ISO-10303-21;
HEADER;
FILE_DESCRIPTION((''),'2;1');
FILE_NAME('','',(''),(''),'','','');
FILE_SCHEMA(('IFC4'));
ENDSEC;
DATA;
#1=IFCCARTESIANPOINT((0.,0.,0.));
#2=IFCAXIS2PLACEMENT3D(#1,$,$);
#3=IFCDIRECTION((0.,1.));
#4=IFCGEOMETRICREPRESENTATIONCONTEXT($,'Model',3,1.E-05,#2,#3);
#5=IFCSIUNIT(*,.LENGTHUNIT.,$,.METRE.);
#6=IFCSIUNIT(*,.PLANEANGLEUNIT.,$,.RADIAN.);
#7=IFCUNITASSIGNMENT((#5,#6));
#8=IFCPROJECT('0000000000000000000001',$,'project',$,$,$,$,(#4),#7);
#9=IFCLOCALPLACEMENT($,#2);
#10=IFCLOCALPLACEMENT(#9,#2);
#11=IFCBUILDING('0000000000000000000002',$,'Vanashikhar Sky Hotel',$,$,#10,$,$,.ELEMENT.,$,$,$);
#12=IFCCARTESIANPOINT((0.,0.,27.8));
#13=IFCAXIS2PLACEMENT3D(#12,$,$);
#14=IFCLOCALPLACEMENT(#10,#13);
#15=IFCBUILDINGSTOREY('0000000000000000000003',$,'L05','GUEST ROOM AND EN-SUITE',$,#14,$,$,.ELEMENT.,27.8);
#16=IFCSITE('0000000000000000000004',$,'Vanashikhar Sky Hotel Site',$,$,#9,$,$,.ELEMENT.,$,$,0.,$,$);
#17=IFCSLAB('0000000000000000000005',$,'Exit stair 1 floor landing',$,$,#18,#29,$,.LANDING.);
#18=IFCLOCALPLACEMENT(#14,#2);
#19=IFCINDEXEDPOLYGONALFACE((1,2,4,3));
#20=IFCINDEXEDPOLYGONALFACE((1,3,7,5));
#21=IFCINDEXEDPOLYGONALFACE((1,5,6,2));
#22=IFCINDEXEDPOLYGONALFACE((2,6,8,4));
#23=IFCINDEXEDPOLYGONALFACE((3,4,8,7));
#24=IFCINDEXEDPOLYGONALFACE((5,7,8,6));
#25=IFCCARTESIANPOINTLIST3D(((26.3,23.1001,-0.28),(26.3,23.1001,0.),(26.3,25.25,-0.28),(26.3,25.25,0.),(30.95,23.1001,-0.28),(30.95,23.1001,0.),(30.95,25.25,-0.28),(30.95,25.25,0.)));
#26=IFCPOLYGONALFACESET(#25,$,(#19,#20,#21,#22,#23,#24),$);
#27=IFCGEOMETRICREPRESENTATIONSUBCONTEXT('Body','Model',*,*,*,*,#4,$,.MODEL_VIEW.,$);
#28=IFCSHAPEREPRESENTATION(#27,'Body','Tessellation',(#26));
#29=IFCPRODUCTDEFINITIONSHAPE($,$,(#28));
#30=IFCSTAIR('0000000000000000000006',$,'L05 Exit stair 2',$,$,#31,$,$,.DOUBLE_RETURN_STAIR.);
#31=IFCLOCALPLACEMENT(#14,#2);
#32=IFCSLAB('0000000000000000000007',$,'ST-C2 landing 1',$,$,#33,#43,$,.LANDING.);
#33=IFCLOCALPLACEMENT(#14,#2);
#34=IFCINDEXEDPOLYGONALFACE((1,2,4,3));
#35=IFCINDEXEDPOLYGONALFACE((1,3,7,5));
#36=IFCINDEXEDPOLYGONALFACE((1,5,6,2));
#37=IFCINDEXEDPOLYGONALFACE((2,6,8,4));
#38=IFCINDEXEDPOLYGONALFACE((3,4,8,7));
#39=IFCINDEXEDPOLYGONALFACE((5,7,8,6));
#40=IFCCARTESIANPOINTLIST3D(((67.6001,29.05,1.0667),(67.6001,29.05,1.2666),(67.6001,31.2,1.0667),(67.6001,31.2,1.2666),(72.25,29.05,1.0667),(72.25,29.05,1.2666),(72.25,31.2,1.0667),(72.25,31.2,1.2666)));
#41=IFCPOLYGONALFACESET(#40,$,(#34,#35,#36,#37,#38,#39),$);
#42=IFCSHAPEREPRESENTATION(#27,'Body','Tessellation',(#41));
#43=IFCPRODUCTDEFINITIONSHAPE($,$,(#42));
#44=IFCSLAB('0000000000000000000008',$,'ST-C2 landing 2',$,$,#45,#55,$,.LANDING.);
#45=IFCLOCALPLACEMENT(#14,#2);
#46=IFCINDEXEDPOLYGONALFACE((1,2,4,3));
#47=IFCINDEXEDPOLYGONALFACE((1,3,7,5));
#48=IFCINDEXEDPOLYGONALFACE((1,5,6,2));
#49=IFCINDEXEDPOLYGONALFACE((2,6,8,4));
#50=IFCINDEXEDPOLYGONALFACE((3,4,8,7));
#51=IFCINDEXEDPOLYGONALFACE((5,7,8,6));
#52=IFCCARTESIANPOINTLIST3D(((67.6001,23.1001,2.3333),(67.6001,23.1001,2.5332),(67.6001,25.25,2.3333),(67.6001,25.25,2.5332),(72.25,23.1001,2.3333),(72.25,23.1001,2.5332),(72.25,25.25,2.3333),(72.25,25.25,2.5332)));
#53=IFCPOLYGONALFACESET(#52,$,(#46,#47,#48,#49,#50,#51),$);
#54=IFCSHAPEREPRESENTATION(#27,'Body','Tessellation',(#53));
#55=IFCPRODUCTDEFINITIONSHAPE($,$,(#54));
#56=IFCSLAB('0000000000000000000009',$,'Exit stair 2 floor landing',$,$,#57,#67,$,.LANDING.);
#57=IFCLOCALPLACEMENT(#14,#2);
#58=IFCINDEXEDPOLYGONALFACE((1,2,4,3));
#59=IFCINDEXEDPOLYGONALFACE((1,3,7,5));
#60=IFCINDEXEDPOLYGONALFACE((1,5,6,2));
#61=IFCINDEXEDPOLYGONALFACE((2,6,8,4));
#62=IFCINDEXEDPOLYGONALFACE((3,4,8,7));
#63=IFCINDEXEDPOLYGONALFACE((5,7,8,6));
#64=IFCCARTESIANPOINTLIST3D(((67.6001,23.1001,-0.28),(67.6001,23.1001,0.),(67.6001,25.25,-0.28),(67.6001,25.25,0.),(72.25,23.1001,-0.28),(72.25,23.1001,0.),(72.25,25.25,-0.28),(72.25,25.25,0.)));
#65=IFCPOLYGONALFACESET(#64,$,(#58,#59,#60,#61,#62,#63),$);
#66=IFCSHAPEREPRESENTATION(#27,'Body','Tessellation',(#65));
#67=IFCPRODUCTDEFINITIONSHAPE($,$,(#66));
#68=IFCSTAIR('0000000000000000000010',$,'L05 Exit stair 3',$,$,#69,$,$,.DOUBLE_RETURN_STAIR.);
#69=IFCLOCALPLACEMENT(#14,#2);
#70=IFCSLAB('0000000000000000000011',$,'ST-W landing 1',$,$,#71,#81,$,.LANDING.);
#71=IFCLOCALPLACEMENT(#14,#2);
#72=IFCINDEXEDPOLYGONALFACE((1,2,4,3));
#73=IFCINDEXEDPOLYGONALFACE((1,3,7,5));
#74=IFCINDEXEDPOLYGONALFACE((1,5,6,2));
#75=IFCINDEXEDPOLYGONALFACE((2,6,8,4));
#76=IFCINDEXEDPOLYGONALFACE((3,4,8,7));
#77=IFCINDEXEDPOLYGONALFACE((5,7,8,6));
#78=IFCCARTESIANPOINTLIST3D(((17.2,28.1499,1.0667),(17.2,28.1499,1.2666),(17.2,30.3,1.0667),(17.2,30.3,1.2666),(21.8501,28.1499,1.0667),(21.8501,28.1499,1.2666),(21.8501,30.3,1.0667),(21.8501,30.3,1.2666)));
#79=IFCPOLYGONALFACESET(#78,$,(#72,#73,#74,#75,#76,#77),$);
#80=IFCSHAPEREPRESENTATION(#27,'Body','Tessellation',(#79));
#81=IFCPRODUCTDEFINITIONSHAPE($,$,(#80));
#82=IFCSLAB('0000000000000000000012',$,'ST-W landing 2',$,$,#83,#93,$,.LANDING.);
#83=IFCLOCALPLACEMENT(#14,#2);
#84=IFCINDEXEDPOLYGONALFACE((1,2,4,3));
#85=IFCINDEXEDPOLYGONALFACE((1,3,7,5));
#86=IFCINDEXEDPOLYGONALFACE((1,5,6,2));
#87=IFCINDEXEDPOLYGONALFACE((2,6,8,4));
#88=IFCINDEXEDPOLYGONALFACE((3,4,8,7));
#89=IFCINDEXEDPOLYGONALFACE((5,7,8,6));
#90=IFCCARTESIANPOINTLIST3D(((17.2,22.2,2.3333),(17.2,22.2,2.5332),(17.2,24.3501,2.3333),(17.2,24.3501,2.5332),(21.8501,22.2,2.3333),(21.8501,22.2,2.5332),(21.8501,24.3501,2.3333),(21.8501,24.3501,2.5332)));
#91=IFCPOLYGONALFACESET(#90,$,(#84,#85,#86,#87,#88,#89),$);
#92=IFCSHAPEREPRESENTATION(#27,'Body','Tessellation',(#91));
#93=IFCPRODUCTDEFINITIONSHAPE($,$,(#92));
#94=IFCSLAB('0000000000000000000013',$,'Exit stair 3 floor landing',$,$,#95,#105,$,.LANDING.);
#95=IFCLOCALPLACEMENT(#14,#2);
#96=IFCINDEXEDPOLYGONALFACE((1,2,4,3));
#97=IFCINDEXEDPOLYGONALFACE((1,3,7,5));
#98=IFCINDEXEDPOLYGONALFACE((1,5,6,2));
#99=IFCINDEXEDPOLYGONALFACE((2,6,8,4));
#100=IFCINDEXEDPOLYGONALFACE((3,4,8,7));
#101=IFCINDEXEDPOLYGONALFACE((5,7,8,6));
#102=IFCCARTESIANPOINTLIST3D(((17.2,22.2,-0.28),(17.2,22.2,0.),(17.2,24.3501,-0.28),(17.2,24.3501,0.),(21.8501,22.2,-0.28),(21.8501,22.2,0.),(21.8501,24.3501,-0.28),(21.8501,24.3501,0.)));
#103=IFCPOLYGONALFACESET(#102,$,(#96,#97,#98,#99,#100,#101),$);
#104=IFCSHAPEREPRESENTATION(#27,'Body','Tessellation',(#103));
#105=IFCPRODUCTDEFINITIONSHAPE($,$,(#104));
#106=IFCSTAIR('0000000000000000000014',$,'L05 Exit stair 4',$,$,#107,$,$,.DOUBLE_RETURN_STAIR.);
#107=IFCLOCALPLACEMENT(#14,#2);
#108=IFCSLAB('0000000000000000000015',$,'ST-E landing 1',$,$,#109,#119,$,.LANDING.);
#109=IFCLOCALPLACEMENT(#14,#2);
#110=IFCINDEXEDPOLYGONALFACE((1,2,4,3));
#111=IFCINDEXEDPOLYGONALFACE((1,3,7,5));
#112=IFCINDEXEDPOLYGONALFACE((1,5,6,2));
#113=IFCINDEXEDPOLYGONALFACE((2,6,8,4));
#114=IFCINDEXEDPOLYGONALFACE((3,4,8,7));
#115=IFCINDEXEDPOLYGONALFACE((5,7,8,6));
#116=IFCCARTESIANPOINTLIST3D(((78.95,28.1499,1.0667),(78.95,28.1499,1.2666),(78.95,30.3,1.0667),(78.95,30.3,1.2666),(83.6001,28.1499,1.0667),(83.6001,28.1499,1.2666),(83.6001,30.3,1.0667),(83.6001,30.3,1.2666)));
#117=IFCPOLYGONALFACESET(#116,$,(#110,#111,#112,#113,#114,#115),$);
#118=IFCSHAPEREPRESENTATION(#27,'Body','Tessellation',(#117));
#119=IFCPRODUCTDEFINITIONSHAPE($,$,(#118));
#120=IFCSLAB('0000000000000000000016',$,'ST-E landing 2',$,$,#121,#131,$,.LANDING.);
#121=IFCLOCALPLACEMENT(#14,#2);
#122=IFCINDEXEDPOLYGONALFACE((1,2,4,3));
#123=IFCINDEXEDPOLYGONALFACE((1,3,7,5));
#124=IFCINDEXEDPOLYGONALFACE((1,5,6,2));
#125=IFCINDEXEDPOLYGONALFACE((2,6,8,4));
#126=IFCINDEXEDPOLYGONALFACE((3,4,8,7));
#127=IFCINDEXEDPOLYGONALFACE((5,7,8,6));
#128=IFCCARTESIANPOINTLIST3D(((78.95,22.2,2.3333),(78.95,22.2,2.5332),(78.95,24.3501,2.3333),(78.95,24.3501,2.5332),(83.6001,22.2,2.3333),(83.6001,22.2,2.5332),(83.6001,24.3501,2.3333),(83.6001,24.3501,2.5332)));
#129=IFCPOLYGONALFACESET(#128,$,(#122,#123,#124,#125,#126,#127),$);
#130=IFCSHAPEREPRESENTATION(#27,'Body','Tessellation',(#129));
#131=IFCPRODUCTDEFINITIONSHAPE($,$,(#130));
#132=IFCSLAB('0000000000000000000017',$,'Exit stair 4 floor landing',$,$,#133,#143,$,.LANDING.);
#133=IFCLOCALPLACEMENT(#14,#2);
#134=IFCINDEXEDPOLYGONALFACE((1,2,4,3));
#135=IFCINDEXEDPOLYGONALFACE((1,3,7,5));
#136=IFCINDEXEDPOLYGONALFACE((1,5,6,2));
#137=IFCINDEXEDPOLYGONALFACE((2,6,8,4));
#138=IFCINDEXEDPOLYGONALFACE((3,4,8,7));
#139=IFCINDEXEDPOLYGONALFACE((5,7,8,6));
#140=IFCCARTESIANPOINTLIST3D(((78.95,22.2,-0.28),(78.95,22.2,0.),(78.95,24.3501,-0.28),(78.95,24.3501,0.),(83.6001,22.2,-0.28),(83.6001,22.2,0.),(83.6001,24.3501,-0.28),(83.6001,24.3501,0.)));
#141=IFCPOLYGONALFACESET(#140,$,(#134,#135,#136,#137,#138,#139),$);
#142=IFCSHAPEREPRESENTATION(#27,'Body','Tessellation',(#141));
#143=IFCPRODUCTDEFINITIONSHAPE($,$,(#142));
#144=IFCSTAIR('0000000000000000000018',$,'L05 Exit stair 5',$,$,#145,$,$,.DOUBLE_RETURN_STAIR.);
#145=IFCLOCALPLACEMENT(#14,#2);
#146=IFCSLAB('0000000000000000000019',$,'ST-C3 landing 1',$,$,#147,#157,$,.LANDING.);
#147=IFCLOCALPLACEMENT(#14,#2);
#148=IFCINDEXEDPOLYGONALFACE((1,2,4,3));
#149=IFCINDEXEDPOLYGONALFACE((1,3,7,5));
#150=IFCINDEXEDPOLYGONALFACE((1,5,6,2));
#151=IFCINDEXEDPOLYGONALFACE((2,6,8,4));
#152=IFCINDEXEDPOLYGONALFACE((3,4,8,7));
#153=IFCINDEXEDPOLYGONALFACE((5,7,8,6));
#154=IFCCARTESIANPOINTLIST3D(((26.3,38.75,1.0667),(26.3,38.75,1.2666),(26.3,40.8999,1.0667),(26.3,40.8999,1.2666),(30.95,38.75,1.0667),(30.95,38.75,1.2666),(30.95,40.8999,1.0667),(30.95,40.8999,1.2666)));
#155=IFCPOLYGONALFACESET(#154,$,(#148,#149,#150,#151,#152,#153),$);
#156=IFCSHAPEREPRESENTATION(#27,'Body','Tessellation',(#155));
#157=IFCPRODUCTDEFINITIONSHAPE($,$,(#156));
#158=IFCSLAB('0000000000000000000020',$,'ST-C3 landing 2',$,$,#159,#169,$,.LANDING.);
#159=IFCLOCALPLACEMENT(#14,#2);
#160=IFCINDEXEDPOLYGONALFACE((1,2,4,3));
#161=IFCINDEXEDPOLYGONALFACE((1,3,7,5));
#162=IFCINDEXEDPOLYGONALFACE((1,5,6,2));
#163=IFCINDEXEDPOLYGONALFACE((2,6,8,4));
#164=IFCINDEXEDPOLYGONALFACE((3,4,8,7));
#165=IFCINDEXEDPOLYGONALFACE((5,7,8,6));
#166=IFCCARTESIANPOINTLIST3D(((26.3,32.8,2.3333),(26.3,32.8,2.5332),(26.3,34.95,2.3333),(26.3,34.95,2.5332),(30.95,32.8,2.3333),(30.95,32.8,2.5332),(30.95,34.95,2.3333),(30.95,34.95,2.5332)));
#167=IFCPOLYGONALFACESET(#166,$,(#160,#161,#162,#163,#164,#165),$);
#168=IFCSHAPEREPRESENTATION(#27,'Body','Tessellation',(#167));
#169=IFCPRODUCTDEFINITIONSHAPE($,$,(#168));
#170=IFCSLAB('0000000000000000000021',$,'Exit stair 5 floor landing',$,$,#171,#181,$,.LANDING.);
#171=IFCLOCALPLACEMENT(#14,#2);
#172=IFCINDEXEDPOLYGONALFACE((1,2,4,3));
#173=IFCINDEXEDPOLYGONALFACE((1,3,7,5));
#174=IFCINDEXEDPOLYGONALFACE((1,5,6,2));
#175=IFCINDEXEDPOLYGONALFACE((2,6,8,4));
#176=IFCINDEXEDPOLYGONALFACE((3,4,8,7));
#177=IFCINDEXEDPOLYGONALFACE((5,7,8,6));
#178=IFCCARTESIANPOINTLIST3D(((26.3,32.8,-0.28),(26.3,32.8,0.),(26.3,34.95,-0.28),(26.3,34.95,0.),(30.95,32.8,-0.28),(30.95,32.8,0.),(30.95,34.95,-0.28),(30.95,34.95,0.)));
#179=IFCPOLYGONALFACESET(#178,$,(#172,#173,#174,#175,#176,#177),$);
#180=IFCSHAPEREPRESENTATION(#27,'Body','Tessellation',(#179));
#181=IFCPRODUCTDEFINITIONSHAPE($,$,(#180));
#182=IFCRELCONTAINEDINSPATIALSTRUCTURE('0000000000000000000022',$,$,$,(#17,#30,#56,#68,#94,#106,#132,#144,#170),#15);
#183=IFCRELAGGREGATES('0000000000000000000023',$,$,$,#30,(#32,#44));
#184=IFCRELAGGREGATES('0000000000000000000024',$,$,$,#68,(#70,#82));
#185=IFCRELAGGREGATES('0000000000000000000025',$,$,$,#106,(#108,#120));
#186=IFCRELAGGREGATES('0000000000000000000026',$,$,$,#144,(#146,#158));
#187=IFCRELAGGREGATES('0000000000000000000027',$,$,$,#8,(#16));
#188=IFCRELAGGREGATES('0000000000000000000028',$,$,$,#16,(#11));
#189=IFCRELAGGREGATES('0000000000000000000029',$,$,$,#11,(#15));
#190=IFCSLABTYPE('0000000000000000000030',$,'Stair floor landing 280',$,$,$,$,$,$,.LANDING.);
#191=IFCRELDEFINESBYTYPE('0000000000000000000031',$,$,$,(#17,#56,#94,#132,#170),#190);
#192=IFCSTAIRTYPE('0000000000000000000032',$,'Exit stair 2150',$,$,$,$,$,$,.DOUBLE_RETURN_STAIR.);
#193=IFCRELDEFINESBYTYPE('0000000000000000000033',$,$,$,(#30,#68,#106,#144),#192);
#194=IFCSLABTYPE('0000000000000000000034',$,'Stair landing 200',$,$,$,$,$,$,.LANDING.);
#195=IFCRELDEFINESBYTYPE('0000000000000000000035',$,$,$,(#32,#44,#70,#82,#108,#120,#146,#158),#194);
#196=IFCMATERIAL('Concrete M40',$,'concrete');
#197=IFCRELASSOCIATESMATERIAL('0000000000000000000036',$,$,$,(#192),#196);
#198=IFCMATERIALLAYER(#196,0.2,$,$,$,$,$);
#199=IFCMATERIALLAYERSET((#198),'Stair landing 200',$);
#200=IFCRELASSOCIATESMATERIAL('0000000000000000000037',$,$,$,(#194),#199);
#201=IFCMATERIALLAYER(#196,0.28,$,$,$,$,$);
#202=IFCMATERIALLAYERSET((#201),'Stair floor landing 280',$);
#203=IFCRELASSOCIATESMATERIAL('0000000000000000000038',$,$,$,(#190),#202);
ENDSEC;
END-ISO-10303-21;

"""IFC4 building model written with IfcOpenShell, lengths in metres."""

from ifc_helpers import new_model, si_unit, direction, frame, origin, place, context, subcontext, project, spatial, polyline, outline, extrude, source, transform, mapped, material, layer, layer_set, type_object, element, aggregate, save


model = new_model("IFC4")

# Units and contexts
model_context = context("Model", 3, precision=1e-05, world=origin(), true_north=direction((0.0, 1.0)))
body_context = subcontext(model_context, "Body", "Model", "MODEL_VIEW")
ifc_project = project(units=[si_unit("LENGTHUNIT", "METRE"), si_unit("PLANEANGLEUNIT", "RADIAN")], contexts=[model_context])

# Site, building, storey
site_placement = place(None, origin())
site = spatial("IfcSite", under=ifc_project, at=site_placement, Name="Vanashikhar Sky Hotel Site", CompositionType="ELEMENT", RefElevation=0.0)
building_placement = place(site_placement, origin())
building = spatial("IfcBuilding", under=site, at=building_placement, Name="Vanashikhar Sky Hotel", CompositionType="ELEMENT")
storey_placement = place(building_placement, frame((0.0, 0.0, 27.8)))
storey = spatial("IfcBuildingStorey", under=building, at=storey_placement, Name="L05", Description="GUEST ROOM AND EN-SUITE", CompositionType="ELEMENT", Elevation=27.8)

# Shared definitions
ifc_material_1 = material(Name="Concrete M40", Category="concrete")

# Shared definitions
stair_type = type_object("IfcStairType", Name="Exit stair 2150", PredefinedType="DOUBLE_RETURN_STAIR", material=ifc_material_1)
ifc_layer_1 = layer(ifc_material_1, 0.2)
ifc_layer_set_1 = layer_set([ifc_layer_1], Name="Stair landing 200")
slab_type_1 = type_object("IfcSlabType", Name="Stair landing 200", PredefinedType="LANDING", material=ifc_layer_set_1)

# Slab
ifc_layer_2 = layer(ifc_material_1, 0.28)
ifc_layer_set_2 = layer_set([ifc_layer_2], Name="Stair floor landing 280")
slab_type_2 = type_object("IfcSlabType", Name="Stair floor landing 280", PredefinedType="LANDING", material=ifc_layer_set_2)
shared_shape_1 = source(origin(), body_context, "Body", "SweptSolid", [
    extrude(outline(polyline([(30.95, 23.1001), (30.95, 25.25), (26.3, 25.25), (26.3, 23.1001), (30.95, 23.1001)])), origin(), (0.0, 0.0, 1.0), 0.28),
])
slab_1_placement = place(storey_placement, frame((0.0, 0.0, -0.28)))
element("IfcSlab", 1, at=slab_1_placement, inside=storey, type_object=slab_type_2, Name="Exit stair 1 floor landing", PredefinedType="LANDING", context=body_context, shape_type="MappedRepresentation", body=[
    mapped(shared_shape_1, transform((0.0, 0.0, 0.0), scale=1.0)),
])

# Stair, slabs
stair_1_placement = place(storey_placement, origin())
stair_1 = element("IfcStair", 2, at=stair_1_placement, inside=storey, type_object=stair_type, Name="L05 Exit stair 2", PredefinedType="DOUBLE_RETURN_STAIR")
shared_shape_2 = source(origin(), body_context, "Body", "SweptSolid", [
    extrude(outline(polyline([(72.25, 29.05), (72.25, 31.2), (67.6001, 31.2), (67.6001, 29.05), (72.25, 29.05)])), origin(), (0.0, 0.0, 1.0), 0.2),
])
slab_2_placement = place(storey_placement, frame((0.0, 0.0, 1.0667)))
slab_2 = element("IfcSlab", 3, at=slab_2_placement, type_object=slab_type_1, Name="ST-C2 landing 1", PredefinedType="LANDING", context=body_context, shape_type="MappedRepresentation", body=[
    mapped(shared_shape_2, transform((0.0, 0.0, 0.0), scale=1.0)),
])
shared_shape_3 = source(origin(), body_context, "Body", "SweptSolid", [
    extrude(outline(polyline([(72.25, 23.1001), (72.25, 25.25), (67.6001, 25.25), (67.6001, 23.1001), (72.25, 23.1001)])), origin(), (0.0, 0.0, 1.0), 0.2),
])
slab_3_placement = place(storey_placement, frame((0.0, 0.0, 2.3333)))
slab_3 = element("IfcSlab", 4, at=slab_3_placement, type_object=slab_type_1, Name="ST-C2 landing 2", PredefinedType="LANDING", context=body_context, shape_type="MappedRepresentation", body=[
    mapped(shared_shape_3, transform((0.0, 0.0, 0.0), scale=1.0)),
])
aggregate(stair_1, [slab_2, slab_3])

# Slab
shared_shape_4 = source(origin(), body_context, "Body", "SweptSolid", [
    extrude(outline(polyline([(72.25, 23.1001), (72.25, 25.25), (67.6001, 25.25), (67.6001, 23.1001), (72.25, 23.1001)])), origin(), (0.0, 0.0, 1.0), 0.28),
])
slab_4_placement = place(storey_placement, frame((0.0, 0.0, -0.28)))
element("IfcSlab", 5, at=slab_4_placement, inside=storey, type_object=slab_type_2, Name="Exit stair 2 floor landing", PredefinedType="LANDING", context=body_context, shape_type="MappedRepresentation", body=[
    mapped(shared_shape_4, transform((0.0, 0.0, 0.0), scale=1.0)),
])

# Stair, slabs
stair_2_placement = place(storey_placement, origin())
stair_2 = element("IfcStair", 6, at=stair_2_placement, inside=storey, type_object=stair_type, Name="L05 Exit stair 3", PredefinedType="DOUBLE_RETURN_STAIR")
shared_shape_5 = source(origin(), body_context, "Body", "SweptSolid", [
    extrude(outline(polyline([(21.8501, 28.1499), (21.8501, 30.3), (17.2, 30.3), (17.2, 28.1499), (21.8501, 28.1499)])), origin(), (0.0, 0.0, 1.0), 0.2),
])
slab_5_placement = place(storey_placement, frame((0.0, 0.0, 1.0667)))
slab_5 = element("IfcSlab", 7, at=slab_5_placement, type_object=slab_type_1, Name="ST-W landing 1", PredefinedType="LANDING", context=body_context, shape_type="MappedRepresentation", body=[
    mapped(shared_shape_5, transform((0.0, 0.0, 0.0), scale=1.0)),
])
shared_shape_6 = source(origin(), body_context, "Body", "SweptSolid", [
    extrude(outline(polyline([(21.8501, 22.2), (21.8501, 24.3501), (17.2, 24.3501), (17.2, 22.2), (21.8501, 22.2)])), origin(), (0.0, 0.0, 1.0), 0.2),
])
slab_6_placement = place(storey_placement, frame((0.0, 0.0, 2.3333)))
slab_6 = element("IfcSlab", 8, at=slab_6_placement, type_object=slab_type_1, Name="ST-W landing 2", PredefinedType="LANDING", context=body_context, shape_type="MappedRepresentation", body=[
    mapped(shared_shape_6, transform((0.0, 0.0, 0.0), scale=1.0)),
])
aggregate(stair_2, [slab_5, slab_6])

# Slab
shared_shape_7 = source(origin(), body_context, "Body", "SweptSolid", [
    extrude(outline(polyline([(21.8501, 22.2), (21.8501, 24.3501), (17.2, 24.3501), (17.2, 22.2), (21.8501, 22.2)])), origin(), (0.0, 0.0, 1.0), 0.28),
])
slab_7_placement = place(storey_placement, frame((0.0, 0.0, -0.28)))
element("IfcSlab", 9, at=slab_7_placement, inside=storey, type_object=slab_type_2, Name="Exit stair 3 floor landing", PredefinedType="LANDING", context=body_context, shape_type="MappedRepresentation", body=[
    mapped(shared_shape_7, transform((0.0, 0.0, 0.0), scale=1.0)),
])

# Stair, slabs
stair_3_placement = place(storey_placement, origin())
stair_3 = element("IfcStair", 10, at=stair_3_placement, inside=storey, type_object=stair_type, Name="L05 Exit stair 4", PredefinedType="DOUBLE_RETURN_STAIR")
shared_shape_8 = source(origin(), body_context, "Body", "SweptSolid", [
    extrude(outline(polyline([(83.6001, 28.1499), (83.6001, 30.3), (78.95, 30.3), (78.95, 28.1499), (83.6001, 28.1499)])), origin(), (0.0, 0.0, 1.0), 0.2),
])
slab_8_placement = place(storey_placement, frame((0.0, 0.0, 1.0667)))
slab_8 = element("IfcSlab", 11, at=slab_8_placement, type_object=slab_type_1, Name="ST-E landing 1", PredefinedType="LANDING", context=body_context, shape_type="MappedRepresentation", body=[
    mapped(shared_shape_8, transform((0.0, 0.0, 0.0), scale=1.0)),
])
shared_shape_9 = source(origin(), body_context, "Body", "SweptSolid", [
    extrude(outline(polyline([(83.6001, 22.2), (83.6001, 24.3501), (78.95, 24.3501), (78.95, 22.2), (83.6001, 22.2)])), origin(), (0.0, 0.0, 1.0), 0.2),
])
slab_9_placement = place(storey_placement, frame((0.0, 0.0, 2.3333)))
slab_9 = element("IfcSlab", 12, at=slab_9_placement, type_object=slab_type_1, Name="ST-E landing 2", PredefinedType="LANDING", context=body_context, shape_type="MappedRepresentation", body=[
    mapped(shared_shape_9, transform((0.0, 0.0, 0.0), scale=1.0)),
])
aggregate(stair_3, [slab_8, slab_9])

# Slab
shared_shape_10 = source(origin(), body_context, "Body", "SweptSolid", [
    extrude(outline(polyline([(83.6001, 22.2), (83.6001, 24.3501), (78.95, 24.3501), (78.95, 22.2), (83.6001, 22.2)])), origin(), (0.0, 0.0, 1.0), 0.28),
])
slab_10_placement = place(storey_placement, frame((0.0, 0.0, -0.28)))
element("IfcSlab", 13, at=slab_10_placement, inside=storey, type_object=slab_type_2, Name="Exit stair 4 floor landing", PredefinedType="LANDING", context=body_context, shape_type="MappedRepresentation", body=[
    mapped(shared_shape_10, transform((0.0, 0.0, 0.0), scale=1.0)),
])

# Stair, slabs
stair_4_placement = place(storey_placement, origin())
stair_4 = element("IfcStair", 14, at=stair_4_placement, inside=storey, type_object=stair_type, Name="L05 Exit stair 5", PredefinedType="DOUBLE_RETURN_STAIR")
shared_shape_11 = source(origin(), body_context, "Body", "SweptSolid", [
    extrude(outline(polyline([(30.95, 38.75), (30.95, 40.8999), (26.3, 40.8999), (26.3, 38.75), (30.95, 38.75)])), origin(), (0.0, 0.0, 1.0), 0.2),
])
slab_11_placement = place(storey_placement, frame((0.0, 0.0, 1.0667)))
slab_11 = element("IfcSlab", 15, at=slab_11_placement, type_object=slab_type_1, Name="ST-C3 landing 1", PredefinedType="LANDING", context=body_context, shape_type="MappedRepresentation", body=[
    mapped(shared_shape_11, transform((0.0, 0.0, 0.0), scale=1.0)),
])
shared_shape_12 = source(origin(), body_context, "Body", "SweptSolid", [
    extrude(outline(polyline([(30.95, 32.8), (30.95, 34.95), (26.3, 34.95), (26.3, 32.8), (30.95, 32.8)])), origin(), (0.0, 0.0, 1.0), 0.2),
])
slab_12_placement = place(storey_placement, frame((0.0, 0.0, 2.3333)))
slab_12 = element("IfcSlab", 16, at=slab_12_placement, type_object=slab_type_1, Name="ST-C3 landing 2", PredefinedType="LANDING", context=body_context, shape_type="MappedRepresentation", body=[
    mapped(shared_shape_12, transform((0.0, 0.0, 0.0), scale=1.0)),
])
aggregate(stair_4, [slab_11, slab_12])

# Slab
shared_shape_13 = source(origin(), body_context, "Body", "SweptSolid", [
    extrude(outline(polyline([(30.95, 32.8), (30.95, 34.95), (26.3, 34.95), (26.3, 32.8), (30.95, 32.8)])), origin(), (0.0, 0.0, 1.0), 0.28),
])
slab_13_placement = place(storey_placement, frame((0.0, 0.0, -0.28)))
element("IfcSlab", 17, at=slab_13_placement, inside=storey, type_object=slab_type_2, Name="Exit stair 5 floor landing", PredefinedType="LANDING", context=body_context, shape_type="MappedRepresentation", body=[
    mapped(shared_shape_13, transform((0.0, 0.0, 0.0), scale=1.0)),
])

save(model, "model.ifc")
